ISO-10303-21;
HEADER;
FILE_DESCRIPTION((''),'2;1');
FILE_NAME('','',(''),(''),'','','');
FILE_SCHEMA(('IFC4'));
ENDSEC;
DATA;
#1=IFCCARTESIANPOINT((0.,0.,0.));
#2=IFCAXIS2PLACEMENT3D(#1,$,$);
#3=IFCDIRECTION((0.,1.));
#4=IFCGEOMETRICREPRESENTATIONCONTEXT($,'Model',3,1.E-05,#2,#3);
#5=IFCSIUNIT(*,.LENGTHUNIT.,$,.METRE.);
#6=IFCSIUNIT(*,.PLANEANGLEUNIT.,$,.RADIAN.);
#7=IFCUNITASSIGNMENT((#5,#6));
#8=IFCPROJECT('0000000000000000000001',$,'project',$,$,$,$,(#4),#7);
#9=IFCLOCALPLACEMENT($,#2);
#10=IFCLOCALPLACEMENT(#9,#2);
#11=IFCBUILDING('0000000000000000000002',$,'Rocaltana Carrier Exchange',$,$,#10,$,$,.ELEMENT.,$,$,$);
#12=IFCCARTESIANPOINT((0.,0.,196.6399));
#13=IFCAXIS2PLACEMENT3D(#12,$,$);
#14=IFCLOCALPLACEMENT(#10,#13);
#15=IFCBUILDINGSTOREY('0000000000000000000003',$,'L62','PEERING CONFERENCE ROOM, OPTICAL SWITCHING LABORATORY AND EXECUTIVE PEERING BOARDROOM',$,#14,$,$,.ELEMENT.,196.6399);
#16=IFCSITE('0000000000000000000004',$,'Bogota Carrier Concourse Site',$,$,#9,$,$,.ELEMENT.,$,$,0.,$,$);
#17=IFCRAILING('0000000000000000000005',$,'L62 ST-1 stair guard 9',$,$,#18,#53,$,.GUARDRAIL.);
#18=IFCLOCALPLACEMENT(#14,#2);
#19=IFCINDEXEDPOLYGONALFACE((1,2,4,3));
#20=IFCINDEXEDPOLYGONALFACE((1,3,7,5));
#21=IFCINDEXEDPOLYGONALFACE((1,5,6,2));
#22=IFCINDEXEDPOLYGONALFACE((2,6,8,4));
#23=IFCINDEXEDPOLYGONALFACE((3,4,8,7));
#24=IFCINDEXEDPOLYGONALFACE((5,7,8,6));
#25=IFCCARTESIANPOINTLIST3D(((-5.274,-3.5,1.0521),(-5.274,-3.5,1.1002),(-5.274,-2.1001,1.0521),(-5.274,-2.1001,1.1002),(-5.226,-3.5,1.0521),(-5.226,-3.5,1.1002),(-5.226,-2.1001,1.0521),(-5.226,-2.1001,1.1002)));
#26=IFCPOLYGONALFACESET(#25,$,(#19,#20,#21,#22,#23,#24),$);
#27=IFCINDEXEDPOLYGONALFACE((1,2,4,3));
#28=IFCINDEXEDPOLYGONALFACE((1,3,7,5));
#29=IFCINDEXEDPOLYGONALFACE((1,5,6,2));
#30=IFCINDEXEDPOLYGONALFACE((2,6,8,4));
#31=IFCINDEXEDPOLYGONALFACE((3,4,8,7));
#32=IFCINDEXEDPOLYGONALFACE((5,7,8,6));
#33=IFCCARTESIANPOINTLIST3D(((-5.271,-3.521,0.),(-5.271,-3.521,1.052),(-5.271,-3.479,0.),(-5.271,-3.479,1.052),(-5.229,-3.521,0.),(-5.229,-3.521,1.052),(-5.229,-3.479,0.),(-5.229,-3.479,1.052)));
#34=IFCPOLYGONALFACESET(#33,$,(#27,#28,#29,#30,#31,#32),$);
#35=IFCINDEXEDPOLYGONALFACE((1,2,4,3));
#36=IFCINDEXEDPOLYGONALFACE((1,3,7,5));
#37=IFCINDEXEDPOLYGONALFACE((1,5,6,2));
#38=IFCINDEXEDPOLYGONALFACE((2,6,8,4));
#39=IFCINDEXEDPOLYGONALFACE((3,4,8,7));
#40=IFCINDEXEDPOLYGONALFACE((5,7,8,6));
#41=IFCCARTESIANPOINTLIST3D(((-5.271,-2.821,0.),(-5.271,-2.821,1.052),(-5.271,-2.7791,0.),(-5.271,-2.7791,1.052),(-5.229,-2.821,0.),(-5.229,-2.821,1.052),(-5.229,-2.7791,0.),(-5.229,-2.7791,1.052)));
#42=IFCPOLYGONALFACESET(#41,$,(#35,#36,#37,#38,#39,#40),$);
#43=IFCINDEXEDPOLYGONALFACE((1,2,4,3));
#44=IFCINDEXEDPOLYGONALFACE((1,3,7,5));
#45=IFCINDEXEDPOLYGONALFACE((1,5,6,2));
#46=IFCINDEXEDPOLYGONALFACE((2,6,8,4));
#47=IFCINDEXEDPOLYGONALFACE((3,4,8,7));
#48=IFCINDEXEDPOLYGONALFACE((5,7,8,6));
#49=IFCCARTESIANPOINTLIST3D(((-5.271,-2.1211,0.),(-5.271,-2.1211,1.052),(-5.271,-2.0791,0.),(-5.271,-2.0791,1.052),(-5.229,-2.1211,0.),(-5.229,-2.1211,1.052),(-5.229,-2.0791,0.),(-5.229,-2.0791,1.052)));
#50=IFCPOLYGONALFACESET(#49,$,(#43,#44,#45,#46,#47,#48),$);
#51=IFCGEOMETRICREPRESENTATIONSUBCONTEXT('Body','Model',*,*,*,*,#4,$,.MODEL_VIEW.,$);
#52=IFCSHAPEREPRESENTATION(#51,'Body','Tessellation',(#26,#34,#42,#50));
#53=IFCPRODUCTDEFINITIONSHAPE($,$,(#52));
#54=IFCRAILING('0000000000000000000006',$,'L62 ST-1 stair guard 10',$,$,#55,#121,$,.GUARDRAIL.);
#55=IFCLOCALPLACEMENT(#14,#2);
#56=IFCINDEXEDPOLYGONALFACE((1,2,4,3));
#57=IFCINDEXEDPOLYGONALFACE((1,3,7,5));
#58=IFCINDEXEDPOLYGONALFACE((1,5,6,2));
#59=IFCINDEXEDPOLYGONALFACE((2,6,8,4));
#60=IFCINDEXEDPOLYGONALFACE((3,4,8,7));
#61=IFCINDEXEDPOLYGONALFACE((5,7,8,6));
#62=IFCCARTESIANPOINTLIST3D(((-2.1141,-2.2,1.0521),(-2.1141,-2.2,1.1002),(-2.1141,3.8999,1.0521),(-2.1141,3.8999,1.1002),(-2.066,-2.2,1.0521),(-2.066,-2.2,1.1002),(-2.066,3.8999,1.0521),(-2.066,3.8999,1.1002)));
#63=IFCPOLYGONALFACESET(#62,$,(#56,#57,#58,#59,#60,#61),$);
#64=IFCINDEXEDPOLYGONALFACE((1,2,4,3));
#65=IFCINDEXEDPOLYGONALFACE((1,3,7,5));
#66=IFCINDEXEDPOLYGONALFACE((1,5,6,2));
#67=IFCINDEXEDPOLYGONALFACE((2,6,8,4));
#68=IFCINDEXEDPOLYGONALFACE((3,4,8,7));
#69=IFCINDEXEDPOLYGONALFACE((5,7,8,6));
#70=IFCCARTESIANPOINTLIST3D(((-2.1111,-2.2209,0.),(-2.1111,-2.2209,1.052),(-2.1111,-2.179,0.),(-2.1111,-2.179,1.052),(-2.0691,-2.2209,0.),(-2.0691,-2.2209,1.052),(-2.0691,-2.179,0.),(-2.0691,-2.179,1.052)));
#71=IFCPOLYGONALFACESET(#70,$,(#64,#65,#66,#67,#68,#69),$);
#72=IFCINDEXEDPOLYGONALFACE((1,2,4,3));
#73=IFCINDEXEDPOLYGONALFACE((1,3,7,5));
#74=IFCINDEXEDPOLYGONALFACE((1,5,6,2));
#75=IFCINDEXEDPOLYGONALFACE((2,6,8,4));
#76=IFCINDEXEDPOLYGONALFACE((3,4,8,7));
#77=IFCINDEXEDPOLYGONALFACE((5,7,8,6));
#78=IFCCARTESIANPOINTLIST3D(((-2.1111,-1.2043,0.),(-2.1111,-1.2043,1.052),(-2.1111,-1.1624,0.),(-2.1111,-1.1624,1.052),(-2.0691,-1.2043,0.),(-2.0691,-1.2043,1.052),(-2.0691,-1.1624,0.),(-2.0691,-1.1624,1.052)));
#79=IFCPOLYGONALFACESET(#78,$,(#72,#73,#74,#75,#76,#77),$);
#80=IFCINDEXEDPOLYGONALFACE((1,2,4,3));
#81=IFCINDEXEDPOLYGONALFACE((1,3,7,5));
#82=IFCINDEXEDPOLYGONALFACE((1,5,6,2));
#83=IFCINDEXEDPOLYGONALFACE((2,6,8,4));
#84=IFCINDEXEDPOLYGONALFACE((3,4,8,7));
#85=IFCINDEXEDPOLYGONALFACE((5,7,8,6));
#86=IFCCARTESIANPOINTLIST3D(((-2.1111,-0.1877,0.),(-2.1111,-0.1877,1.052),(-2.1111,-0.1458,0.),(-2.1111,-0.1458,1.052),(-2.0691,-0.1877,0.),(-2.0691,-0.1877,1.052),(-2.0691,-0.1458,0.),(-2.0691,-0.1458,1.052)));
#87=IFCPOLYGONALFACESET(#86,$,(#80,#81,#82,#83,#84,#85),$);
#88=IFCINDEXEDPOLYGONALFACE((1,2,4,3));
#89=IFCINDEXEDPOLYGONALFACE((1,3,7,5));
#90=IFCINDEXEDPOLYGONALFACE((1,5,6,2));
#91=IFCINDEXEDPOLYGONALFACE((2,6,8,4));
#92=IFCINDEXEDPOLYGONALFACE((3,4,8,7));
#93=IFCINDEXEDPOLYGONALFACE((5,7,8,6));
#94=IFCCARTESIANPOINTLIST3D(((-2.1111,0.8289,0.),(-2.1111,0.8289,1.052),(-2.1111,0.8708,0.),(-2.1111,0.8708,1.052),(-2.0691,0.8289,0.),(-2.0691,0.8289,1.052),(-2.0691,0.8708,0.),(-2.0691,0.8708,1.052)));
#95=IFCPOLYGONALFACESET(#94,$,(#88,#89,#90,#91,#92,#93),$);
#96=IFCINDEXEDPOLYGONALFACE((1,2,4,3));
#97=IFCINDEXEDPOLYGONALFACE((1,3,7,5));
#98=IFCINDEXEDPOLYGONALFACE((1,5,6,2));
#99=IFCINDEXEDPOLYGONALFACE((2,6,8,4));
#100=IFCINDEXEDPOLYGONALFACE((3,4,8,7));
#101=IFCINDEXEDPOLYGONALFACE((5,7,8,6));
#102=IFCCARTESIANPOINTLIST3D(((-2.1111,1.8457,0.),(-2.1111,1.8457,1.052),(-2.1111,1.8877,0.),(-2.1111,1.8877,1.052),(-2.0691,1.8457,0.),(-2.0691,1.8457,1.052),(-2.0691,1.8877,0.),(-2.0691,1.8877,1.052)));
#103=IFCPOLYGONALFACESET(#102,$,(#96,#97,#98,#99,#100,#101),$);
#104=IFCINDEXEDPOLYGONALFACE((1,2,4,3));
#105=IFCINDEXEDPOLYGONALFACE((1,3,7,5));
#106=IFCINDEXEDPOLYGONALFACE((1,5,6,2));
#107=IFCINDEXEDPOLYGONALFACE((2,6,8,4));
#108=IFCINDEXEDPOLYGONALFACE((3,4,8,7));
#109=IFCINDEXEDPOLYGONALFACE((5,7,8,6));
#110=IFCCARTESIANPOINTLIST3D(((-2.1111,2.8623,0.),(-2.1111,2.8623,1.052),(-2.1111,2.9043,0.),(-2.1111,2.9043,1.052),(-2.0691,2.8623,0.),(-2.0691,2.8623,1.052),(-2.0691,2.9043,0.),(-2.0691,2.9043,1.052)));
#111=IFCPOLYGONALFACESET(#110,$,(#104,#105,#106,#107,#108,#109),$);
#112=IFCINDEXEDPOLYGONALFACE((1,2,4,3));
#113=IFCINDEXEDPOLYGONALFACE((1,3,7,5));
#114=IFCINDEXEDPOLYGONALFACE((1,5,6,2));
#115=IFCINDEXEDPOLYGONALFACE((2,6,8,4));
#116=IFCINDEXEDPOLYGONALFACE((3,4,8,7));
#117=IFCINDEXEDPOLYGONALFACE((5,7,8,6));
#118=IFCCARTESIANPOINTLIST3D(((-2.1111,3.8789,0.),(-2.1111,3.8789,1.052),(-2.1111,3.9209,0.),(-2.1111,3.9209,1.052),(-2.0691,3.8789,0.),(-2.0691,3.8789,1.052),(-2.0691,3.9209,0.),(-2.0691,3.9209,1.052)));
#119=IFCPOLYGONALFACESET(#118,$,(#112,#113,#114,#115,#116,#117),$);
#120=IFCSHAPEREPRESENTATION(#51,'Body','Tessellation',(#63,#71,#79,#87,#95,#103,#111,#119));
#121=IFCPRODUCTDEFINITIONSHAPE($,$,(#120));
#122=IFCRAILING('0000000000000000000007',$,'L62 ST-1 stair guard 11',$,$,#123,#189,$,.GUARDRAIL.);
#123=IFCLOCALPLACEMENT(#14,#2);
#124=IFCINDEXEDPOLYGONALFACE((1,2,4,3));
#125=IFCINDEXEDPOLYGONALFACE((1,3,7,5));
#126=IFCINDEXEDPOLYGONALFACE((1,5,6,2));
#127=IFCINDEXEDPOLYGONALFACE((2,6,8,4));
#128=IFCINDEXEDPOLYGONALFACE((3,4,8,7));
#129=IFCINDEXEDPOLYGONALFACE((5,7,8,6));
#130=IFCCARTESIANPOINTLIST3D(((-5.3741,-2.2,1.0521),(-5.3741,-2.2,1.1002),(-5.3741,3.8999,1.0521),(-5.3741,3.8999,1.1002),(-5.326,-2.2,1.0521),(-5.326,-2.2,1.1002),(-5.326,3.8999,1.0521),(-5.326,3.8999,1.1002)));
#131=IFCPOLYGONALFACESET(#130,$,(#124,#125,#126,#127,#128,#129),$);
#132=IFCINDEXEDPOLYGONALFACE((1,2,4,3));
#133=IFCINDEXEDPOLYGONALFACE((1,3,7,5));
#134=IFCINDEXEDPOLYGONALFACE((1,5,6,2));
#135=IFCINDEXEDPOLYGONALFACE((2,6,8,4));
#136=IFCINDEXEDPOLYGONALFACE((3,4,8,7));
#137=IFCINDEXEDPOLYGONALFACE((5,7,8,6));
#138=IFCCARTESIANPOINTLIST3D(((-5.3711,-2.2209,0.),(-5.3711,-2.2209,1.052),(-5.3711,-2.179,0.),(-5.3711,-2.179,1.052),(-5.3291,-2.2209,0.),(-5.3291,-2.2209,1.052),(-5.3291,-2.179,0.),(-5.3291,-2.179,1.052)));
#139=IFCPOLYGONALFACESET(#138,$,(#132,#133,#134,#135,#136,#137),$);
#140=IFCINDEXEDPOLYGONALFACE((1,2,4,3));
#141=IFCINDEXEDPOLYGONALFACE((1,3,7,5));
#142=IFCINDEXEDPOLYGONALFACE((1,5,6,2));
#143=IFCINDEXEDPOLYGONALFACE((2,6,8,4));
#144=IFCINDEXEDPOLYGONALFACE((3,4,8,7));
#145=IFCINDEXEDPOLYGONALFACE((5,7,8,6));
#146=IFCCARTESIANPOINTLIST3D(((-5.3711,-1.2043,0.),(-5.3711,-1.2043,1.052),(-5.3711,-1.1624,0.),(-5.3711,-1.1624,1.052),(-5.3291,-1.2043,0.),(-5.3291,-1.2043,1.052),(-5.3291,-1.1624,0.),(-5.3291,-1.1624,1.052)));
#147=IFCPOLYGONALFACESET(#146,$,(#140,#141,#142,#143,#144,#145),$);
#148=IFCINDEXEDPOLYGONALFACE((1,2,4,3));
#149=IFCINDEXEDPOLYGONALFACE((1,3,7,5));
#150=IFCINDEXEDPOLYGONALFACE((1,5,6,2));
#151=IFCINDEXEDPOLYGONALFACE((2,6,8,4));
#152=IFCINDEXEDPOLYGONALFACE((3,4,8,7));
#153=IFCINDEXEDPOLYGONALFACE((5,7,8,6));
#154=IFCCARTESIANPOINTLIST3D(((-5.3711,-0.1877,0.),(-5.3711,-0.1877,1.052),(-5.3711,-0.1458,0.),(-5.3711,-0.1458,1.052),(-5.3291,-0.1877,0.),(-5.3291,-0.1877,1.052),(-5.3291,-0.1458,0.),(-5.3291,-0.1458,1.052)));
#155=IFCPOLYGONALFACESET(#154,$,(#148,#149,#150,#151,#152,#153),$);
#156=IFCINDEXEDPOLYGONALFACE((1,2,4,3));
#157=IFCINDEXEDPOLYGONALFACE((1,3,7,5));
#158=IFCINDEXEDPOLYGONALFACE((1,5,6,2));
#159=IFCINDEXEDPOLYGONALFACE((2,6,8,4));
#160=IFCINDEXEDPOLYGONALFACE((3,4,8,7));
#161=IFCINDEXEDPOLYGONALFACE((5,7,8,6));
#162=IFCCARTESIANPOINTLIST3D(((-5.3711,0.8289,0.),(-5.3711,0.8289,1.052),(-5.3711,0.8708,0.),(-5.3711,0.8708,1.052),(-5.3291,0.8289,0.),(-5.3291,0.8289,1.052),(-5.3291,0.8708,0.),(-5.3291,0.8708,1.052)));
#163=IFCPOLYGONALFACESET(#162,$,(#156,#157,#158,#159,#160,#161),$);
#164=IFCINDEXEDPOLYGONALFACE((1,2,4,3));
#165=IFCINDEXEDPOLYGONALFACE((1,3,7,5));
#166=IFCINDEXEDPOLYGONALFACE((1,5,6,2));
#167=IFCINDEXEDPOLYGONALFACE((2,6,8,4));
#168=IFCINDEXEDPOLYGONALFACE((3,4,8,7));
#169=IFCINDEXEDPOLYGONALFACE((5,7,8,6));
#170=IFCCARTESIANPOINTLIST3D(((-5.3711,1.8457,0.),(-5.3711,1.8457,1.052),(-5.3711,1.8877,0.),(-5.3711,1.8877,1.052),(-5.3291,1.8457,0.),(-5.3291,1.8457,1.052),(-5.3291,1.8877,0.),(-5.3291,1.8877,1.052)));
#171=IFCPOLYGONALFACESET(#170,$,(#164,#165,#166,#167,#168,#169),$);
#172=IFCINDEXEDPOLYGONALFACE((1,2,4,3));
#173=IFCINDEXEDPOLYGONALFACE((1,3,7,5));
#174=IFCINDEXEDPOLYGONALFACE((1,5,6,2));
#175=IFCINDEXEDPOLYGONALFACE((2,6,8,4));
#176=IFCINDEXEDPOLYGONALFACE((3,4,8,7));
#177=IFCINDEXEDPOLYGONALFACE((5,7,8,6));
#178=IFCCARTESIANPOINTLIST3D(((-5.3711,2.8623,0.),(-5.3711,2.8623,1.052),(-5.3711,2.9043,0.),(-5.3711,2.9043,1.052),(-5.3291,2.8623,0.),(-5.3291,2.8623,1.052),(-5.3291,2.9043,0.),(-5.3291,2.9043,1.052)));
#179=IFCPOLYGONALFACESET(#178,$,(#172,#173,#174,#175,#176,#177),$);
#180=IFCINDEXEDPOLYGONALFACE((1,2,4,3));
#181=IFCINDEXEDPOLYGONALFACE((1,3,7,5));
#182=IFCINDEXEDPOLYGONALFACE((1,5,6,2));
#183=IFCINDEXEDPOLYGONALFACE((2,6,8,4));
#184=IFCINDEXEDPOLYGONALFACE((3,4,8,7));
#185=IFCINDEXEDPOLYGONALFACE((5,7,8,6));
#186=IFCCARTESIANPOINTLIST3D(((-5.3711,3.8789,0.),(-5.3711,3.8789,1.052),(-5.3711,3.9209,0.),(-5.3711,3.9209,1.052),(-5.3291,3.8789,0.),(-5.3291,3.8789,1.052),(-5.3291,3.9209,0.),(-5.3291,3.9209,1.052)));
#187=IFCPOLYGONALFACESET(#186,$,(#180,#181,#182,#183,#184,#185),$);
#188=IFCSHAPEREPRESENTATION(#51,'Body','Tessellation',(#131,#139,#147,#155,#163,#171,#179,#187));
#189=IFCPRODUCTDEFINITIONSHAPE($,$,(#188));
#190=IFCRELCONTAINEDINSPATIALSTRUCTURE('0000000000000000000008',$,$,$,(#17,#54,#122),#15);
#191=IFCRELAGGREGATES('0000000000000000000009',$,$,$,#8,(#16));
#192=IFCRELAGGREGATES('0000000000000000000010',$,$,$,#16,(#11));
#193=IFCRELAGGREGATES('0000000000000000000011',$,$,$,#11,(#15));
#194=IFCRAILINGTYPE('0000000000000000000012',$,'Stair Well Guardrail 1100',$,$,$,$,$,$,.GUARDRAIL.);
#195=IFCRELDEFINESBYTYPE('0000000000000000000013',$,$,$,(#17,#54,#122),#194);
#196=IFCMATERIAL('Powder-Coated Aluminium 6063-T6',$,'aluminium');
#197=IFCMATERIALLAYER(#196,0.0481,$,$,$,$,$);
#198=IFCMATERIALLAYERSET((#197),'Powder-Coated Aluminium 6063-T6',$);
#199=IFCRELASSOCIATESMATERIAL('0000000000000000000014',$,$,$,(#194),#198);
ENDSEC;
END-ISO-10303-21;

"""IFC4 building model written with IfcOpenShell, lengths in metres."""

from ifc_helpers import new_model, si_unit, direction, frame, origin, origin_2d, place, context, subcontext, project, spatial, rectangle, extrude, material, layer, layer_set, type_object, element, save


model = new_model("IFC4")

# Units and contexts
model_context = context("Model", 3, precision=1e-05, world=origin(), true_north=direction((0.0, 1.0)))
body_context = subcontext(model_context, "Body", "Model", "MODEL_VIEW")
ifc_project = project(units=[si_unit("LENGTHUNIT", "METRE"), si_unit("PLANEANGLEUNIT", "RADIAN")], contexts=[model_context])

# Site, building, storey
site_placement = place(None, origin())
site = spatial("IfcSite", under=ifc_project, at=site_placement, Name="Bogota Carrier Concourse Site", CompositionType="ELEMENT", RefElevation=0.0)
building_placement = place(site_placement, origin())
building = spatial("IfcBuilding", under=site, at=building_placement, Name="Rocaltana Carrier Exchange", CompositionType="ELEMENT")
storey_placement = place(building_placement, frame((0.0, 0.0, 196.6399)))
storey = spatial("IfcBuildingStorey", under=building, at=storey_placement, Name="L62", Description="PEERING CONFERENCE ROOM, OPTICAL SWITCHING LABORATORY AND EXECUTIVE PEERING BOARDROOM", CompositionType="ELEMENT", Elevation=196.6399)

# Railings
ifc_material_1 = material(Name="Powder-Coated Aluminium 6063-T6", Category="aluminium")
ifc_layer_1 = layer(ifc_material_1, 0.0481)
ifc_layer_set_1 = layer_set([ifc_layer_1], Name="Powder-Coated Aluminium 6063-T6")
railing_type_1 = type_object("IfcRailingType", Name="Stair Well Guardrail 1100", PredefinedType="GUARDRAIL", material=ifc_layer_set_1)
for number, where, name in (
    (1, (-5.25, -3.5, 0.0), "L62 ST-1 stair guard 9"),
):
    element("IfcRailing", number, at=place(storey_placement, frame(where)), inside=storey, type_object=railing_type_1, Name=name, PredefinedType="GUARDRAIL", context=body_context, shape_type="SweptSolid", body=[
        extrude(rectangle(XDim=0.0481, YDim=0.0481, at=origin_2d()), frame((0.0, 0.0, 1.0762), z_axis=(0.0, 1.0, 0.0), x_axis=(-1.0, 0.0, 0.0)), (0.0, 0.0, 1.0), 1.3999),
        extrude(rectangle(XDim=0.042, YDim=0.042, at=origin_2d()), origin(), (0.0, 0.0, 1.0), 1.052),
        extrude(rectangle(XDim=0.042, YDim=0.042, at=origin_2d()), frame((0.0, 0.7, 0.0)), (0.0, 0.0, 1.0), 1.052),
        extrude(rectangle(XDim=0.042, YDim=0.042, at=origin_2d()), frame((0.0, 1.3999, 0.0)), (0.0, 0.0, 1.0), 1.052),
    ])
for number, where, name in (
    (2, (-2.0901, -2.2, 0.0), "L62 ST-1 stair guard 10"),
    (3, (-5.3501, -2.2, 0.0), "L62 ST-1 stair guard 11"),
):
    element("IfcRailing", number, at=place(storey_placement, frame(where)), inside=storey, type_object=railing_type_1, Name=name, PredefinedType="GUARDRAIL", context=body_context, shape_type="SweptSolid", body=[
        extrude(rectangle(XDim=0.0481, YDim=0.0481, at=origin_2d()), frame((0.0, 0.0, 1.0762), z_axis=(0.0, 1.0, 0.0), x_axis=(-1.0, 0.0, 0.0)), (0.0, 0.0, 1.0), 6.0999),
        extrude(rectangle(XDim=0.042, YDim=0.042, at=origin_2d()), origin(), (0.0, 0.0, 1.0), 1.052),
        extrude(rectangle(XDim=0.042, YDim=0.042, at=origin_2d()), frame((0.0, 1.0166, 0.0)), (0.0, 0.0, 1.0), 1.052),
        extrude(rectangle(XDim=0.042, YDim=0.042, at=origin_2d()), frame((0.0, 2.0332, 0.0)), (0.0, 0.0, 1.0), 1.052),
        extrude(rectangle(XDim=0.042, YDim=0.042, at=origin_2d()), frame((0.0, 3.0498, 0.0)), (0.0, 0.0, 1.0), 1.052),
        extrude(rectangle(XDim=0.042, YDim=0.042, at=origin_2d()), frame((0.0, 4.0667, 0.0)), (0.0, 0.0, 1.0), 1.052),
        extrude(rectangle(XDim=0.042, YDim=0.042, at=origin_2d()), frame((0.0, 5.0833, 0.0)), (0.0, 0.0, 1.0), 1.052),
        extrude(rectangle(XDim=0.042, YDim=0.042, at=origin_2d()), frame((0.0, 6.0999, 0.0)), (0.0, 0.0, 1.0), 1.052),
    ])

save(model, "model.ifc")
